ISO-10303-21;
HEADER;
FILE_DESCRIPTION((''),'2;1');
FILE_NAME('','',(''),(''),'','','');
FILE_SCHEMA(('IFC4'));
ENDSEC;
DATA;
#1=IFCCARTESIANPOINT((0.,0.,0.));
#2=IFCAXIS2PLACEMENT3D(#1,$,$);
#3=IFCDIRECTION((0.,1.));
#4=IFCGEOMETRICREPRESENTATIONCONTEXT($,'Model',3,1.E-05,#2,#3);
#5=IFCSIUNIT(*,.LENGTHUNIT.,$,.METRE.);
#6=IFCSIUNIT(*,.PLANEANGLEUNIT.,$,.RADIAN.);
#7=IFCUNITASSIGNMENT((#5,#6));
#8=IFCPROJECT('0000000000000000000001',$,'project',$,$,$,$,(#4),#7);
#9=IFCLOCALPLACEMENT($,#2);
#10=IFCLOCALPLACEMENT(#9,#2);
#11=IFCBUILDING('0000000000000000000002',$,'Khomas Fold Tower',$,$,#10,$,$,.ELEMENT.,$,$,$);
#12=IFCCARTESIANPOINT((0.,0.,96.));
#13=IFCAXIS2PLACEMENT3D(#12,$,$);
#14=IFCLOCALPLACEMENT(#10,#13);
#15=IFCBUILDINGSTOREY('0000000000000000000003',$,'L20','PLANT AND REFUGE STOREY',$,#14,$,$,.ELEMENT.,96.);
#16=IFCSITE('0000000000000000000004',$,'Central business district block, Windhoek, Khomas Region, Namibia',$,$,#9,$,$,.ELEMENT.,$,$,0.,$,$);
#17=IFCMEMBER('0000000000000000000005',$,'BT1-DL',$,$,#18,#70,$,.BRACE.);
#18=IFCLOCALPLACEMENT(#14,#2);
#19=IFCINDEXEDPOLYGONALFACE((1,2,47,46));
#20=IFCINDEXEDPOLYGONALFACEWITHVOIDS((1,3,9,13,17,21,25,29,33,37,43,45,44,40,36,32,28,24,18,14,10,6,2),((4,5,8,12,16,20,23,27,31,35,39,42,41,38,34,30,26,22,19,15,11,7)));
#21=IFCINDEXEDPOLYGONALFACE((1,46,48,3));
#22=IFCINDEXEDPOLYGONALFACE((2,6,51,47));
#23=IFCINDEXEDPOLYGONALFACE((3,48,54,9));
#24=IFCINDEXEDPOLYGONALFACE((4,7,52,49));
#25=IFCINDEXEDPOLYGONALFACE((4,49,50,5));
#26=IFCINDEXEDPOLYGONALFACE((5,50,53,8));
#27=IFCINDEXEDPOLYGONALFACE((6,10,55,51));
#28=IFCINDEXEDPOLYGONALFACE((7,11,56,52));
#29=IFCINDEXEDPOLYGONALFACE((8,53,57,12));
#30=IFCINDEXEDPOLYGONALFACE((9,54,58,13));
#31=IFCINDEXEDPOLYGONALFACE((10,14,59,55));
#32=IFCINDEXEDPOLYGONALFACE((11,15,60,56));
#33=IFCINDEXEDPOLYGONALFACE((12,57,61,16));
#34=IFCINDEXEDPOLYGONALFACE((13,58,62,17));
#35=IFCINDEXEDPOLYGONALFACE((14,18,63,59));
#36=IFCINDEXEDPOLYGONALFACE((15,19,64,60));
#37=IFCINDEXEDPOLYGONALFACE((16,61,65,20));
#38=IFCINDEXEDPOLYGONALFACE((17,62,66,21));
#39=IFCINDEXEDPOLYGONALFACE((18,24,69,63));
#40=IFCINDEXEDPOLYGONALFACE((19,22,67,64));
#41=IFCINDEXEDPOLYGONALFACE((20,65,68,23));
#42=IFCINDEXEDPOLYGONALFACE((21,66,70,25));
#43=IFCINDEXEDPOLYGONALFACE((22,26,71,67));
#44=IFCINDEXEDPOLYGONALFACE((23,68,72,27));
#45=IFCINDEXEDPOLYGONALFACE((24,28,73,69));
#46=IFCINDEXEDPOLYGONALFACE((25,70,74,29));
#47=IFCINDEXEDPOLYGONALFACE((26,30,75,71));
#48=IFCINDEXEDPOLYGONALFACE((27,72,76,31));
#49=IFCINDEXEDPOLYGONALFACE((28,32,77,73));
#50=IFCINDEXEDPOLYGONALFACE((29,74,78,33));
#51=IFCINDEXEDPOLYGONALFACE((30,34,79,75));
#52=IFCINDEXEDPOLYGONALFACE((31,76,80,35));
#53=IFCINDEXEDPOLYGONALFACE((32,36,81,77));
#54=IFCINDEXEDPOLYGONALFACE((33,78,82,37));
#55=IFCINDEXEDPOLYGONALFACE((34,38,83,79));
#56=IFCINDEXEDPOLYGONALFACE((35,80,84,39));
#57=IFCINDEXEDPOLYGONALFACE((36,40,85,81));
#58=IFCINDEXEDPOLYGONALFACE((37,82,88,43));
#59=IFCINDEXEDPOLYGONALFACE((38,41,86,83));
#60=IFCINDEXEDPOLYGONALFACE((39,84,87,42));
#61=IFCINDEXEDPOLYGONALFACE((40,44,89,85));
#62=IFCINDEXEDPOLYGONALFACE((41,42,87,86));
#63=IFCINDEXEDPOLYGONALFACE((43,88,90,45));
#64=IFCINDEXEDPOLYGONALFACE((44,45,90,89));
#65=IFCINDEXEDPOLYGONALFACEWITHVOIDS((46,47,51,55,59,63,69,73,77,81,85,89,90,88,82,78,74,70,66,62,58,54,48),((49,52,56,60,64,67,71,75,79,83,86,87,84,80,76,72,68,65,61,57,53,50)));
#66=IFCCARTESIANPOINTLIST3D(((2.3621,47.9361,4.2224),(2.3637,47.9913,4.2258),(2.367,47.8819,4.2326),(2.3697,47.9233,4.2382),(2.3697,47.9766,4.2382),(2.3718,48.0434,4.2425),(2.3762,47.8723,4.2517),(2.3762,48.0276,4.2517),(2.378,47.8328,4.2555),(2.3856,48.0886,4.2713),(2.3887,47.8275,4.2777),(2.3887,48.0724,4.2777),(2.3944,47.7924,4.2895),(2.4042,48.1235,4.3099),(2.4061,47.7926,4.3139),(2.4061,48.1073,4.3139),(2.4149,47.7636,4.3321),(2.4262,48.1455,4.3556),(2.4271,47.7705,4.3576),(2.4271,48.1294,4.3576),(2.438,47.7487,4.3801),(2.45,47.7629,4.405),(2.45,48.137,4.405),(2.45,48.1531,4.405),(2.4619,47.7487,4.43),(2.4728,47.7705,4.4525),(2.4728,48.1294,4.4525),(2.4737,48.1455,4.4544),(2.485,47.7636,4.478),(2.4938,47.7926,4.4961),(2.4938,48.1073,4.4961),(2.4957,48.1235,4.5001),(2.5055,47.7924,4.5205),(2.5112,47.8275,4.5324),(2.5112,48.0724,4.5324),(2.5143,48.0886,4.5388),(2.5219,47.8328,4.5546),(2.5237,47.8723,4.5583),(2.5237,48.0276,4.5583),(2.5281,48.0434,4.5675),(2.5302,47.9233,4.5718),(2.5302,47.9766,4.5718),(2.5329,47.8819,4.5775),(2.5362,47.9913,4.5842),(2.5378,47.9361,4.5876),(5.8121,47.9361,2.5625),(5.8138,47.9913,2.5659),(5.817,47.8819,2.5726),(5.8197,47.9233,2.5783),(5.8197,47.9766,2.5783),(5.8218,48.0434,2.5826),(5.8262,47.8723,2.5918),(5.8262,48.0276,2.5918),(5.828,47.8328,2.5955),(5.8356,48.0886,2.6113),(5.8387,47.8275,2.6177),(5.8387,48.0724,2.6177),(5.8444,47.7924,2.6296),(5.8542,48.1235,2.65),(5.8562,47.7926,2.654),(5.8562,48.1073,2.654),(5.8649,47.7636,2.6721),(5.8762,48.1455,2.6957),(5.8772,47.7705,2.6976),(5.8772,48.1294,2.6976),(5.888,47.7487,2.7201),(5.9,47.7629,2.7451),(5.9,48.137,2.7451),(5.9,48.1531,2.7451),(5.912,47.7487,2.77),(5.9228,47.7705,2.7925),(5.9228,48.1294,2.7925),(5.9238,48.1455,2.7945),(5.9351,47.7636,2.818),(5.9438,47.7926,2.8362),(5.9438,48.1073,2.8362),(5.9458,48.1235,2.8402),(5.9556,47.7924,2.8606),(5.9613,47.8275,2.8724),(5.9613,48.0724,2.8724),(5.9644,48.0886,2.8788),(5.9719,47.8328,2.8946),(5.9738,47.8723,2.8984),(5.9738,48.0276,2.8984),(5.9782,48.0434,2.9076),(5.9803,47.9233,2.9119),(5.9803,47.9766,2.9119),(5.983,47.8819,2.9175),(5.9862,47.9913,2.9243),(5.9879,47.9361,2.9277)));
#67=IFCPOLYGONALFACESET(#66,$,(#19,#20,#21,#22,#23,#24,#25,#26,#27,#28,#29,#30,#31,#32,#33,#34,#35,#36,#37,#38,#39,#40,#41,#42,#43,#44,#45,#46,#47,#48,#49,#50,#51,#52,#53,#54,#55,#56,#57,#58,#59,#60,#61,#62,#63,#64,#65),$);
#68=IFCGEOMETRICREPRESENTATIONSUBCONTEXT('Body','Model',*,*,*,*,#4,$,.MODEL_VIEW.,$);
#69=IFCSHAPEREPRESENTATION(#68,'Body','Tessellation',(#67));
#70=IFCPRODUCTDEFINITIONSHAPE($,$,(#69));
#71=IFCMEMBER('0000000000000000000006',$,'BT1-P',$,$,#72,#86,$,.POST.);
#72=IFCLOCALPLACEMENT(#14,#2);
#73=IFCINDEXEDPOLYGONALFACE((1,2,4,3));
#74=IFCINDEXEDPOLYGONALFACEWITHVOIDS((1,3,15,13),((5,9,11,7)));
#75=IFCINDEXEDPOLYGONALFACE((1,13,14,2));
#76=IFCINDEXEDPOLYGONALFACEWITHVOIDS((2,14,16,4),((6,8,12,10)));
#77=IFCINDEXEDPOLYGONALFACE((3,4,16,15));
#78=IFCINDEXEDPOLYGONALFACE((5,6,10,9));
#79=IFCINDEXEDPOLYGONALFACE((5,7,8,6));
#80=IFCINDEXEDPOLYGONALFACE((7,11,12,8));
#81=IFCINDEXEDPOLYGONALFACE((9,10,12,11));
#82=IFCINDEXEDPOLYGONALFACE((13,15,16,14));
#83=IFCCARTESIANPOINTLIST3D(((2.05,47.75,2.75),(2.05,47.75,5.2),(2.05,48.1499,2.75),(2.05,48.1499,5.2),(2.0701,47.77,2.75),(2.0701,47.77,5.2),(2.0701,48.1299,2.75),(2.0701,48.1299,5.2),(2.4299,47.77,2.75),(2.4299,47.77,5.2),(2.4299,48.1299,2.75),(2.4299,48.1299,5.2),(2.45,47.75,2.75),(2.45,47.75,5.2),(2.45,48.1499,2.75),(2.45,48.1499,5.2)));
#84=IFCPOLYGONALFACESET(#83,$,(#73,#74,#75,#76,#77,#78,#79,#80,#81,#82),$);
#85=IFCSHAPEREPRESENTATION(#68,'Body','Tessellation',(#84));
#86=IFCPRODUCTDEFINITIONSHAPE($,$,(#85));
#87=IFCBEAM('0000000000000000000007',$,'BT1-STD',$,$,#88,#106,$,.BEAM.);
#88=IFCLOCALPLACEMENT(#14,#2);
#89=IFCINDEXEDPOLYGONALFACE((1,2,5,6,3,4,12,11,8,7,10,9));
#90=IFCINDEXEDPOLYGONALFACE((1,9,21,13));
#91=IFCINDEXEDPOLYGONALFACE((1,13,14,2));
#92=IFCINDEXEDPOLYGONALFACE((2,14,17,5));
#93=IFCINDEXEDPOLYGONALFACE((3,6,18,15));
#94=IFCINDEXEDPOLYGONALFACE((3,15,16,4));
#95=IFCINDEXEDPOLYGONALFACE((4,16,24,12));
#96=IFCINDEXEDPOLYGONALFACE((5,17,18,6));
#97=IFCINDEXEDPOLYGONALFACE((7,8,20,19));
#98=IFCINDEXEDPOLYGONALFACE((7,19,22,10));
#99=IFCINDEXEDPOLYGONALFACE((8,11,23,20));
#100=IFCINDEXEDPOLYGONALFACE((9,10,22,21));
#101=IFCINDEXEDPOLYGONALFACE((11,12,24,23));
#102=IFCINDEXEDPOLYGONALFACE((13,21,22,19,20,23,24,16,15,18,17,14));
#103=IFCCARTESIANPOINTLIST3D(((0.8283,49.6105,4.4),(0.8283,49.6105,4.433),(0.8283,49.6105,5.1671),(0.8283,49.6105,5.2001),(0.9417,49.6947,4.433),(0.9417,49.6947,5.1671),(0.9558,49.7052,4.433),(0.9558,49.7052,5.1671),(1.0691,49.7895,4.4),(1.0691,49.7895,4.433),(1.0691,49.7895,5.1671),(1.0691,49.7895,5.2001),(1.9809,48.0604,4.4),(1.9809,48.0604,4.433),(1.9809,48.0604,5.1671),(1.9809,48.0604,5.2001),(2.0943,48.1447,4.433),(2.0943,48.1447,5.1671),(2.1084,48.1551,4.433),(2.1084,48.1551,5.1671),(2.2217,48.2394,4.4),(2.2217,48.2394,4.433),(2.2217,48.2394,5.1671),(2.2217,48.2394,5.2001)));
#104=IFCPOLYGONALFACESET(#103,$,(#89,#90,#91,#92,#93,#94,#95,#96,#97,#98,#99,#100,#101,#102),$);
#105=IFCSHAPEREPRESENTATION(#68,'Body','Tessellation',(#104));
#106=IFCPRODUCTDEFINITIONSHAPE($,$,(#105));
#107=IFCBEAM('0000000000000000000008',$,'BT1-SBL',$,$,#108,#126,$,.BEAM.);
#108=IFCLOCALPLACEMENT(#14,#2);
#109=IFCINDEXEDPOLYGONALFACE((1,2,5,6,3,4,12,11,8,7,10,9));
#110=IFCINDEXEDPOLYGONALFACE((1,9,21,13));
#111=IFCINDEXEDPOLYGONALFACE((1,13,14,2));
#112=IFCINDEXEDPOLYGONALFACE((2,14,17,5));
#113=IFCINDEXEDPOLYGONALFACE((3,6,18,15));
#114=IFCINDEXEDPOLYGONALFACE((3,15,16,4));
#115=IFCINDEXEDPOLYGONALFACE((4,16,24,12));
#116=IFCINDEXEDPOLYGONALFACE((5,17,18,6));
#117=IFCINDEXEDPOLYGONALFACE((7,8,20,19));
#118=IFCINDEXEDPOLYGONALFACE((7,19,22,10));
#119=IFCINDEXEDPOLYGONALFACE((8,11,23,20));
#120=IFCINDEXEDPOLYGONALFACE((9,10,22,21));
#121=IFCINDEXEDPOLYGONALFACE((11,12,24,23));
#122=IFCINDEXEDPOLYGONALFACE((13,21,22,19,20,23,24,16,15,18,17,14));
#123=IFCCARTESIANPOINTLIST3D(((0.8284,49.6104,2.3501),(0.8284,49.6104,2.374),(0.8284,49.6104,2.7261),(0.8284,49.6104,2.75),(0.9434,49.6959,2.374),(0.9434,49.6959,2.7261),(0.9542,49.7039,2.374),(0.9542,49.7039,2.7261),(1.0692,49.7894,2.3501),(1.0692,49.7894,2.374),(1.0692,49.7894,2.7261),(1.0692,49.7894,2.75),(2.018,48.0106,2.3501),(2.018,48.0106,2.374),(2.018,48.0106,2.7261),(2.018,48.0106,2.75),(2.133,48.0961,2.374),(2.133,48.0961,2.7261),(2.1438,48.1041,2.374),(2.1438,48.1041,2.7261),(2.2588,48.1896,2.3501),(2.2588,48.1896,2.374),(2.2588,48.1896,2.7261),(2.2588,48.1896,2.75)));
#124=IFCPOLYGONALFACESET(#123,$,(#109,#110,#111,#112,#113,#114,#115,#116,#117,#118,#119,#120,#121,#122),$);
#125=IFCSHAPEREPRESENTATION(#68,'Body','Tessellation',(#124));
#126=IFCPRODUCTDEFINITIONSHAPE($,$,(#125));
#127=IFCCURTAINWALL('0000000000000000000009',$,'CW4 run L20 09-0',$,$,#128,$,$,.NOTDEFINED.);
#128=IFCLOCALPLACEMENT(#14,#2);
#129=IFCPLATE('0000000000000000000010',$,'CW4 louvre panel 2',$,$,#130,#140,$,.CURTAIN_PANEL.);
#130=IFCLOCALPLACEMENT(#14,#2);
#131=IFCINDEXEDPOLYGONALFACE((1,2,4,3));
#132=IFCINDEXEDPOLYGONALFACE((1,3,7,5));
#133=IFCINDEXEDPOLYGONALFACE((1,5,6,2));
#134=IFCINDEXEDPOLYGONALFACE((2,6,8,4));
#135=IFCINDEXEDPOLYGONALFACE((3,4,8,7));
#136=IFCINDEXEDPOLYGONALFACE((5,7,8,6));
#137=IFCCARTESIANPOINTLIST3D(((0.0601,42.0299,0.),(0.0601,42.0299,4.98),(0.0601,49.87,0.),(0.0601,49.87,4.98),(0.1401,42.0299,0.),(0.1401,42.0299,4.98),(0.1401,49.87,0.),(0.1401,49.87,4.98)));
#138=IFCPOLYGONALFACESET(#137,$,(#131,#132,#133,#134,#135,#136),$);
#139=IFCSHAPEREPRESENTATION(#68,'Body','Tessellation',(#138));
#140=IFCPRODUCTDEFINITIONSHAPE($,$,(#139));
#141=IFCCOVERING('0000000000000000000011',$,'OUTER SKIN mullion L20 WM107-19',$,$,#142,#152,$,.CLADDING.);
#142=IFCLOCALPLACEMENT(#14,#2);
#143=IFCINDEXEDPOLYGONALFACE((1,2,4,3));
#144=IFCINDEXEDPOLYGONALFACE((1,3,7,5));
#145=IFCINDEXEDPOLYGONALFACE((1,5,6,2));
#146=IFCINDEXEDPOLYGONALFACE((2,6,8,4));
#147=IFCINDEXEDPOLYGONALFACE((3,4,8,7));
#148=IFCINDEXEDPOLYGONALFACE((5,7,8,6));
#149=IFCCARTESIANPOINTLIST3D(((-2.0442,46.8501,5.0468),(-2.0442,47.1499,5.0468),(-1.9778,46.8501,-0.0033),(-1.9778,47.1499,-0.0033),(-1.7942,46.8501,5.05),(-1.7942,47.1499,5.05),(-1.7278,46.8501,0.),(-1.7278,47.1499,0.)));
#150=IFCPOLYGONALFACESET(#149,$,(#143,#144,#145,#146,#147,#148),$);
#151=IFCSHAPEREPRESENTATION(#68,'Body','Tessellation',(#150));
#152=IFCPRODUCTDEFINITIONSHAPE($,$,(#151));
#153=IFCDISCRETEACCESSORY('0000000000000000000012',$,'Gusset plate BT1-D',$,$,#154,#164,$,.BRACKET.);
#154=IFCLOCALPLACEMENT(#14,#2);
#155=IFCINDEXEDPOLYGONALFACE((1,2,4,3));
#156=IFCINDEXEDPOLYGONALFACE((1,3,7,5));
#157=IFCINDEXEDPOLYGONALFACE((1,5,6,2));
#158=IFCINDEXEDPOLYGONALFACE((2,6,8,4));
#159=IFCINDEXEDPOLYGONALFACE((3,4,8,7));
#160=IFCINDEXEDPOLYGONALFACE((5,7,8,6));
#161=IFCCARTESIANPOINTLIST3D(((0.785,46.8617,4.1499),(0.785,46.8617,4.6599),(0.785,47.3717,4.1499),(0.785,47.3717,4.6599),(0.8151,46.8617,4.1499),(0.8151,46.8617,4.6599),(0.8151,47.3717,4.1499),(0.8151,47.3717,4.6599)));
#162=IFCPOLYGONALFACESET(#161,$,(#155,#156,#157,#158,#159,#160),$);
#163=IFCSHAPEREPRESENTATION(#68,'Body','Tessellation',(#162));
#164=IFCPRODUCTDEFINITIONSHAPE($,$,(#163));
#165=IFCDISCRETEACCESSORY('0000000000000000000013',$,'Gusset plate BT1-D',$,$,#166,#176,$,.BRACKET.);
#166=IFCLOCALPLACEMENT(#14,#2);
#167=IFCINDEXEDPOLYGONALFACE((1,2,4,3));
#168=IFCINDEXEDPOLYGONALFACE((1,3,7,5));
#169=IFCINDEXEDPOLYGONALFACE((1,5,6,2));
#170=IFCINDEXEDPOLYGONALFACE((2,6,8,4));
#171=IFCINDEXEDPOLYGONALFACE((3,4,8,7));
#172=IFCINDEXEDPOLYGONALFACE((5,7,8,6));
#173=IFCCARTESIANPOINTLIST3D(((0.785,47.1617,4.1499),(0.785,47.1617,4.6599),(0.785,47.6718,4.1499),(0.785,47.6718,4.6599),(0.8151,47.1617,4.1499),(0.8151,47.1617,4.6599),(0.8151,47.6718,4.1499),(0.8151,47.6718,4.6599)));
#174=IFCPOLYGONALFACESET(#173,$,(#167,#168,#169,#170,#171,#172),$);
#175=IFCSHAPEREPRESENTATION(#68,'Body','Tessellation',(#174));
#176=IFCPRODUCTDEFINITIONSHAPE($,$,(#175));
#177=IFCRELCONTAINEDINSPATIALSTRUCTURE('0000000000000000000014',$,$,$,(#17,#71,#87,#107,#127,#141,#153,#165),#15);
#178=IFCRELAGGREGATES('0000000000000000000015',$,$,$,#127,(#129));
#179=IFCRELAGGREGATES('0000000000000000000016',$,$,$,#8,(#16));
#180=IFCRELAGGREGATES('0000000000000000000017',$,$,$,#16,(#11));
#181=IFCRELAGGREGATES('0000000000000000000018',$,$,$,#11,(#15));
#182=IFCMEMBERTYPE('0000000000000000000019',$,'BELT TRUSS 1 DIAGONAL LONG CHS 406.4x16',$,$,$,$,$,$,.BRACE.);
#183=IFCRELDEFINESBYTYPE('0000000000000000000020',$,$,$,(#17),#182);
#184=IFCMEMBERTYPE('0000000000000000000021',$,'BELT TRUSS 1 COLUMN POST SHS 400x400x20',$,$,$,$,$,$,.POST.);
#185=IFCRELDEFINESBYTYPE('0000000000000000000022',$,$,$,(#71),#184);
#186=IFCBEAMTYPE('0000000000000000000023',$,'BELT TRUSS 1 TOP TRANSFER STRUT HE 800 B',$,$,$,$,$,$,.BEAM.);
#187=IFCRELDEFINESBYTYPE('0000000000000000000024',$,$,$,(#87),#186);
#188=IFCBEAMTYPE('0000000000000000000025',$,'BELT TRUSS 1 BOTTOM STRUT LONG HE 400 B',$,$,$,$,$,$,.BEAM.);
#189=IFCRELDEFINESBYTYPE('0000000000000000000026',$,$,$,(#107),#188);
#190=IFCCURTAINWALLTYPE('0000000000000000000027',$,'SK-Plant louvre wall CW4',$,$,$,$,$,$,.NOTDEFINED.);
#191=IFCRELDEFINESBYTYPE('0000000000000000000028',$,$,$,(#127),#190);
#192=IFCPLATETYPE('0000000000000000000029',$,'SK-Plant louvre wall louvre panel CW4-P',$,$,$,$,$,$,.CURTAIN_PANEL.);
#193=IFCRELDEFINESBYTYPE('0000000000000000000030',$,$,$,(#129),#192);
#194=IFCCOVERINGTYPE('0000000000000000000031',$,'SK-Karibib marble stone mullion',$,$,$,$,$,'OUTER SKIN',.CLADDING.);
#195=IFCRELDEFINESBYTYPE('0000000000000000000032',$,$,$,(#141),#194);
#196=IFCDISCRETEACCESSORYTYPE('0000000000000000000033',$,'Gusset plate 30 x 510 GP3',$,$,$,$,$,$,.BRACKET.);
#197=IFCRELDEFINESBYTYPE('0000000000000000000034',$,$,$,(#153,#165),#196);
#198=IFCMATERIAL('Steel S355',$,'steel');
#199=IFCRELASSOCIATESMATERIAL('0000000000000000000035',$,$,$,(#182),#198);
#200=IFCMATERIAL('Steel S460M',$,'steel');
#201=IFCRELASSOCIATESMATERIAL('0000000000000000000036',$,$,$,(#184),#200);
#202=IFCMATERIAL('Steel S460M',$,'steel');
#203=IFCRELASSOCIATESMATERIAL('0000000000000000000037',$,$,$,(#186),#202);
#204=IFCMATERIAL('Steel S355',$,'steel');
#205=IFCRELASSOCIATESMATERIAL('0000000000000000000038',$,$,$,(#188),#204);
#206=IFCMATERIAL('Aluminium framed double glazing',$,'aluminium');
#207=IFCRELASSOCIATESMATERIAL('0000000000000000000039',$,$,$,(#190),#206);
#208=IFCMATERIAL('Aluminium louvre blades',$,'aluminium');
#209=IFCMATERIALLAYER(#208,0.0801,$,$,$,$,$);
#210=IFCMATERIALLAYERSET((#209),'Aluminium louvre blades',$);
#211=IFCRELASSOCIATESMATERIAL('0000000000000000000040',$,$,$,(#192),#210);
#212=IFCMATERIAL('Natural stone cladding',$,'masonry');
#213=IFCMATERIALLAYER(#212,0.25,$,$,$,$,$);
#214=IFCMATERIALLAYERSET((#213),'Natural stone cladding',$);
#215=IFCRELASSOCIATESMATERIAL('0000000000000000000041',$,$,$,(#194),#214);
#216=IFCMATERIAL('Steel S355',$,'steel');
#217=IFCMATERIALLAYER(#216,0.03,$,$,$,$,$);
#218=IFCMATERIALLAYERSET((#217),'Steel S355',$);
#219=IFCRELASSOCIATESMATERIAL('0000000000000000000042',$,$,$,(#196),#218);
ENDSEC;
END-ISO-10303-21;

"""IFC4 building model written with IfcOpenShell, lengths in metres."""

from ifc_helpers import new_model, si_unit, direction, frame, origin, origin_2d, place, context, subcontext, project, spatial, polyline, rectangle, hollow_rectangle, hollow_circle, i_section, outline, extrude, source, transform, mapped, material, layer, layer_set, material_profile, profile_set, type_object, element, aggregate, save


model = new_model("IFC4")

# Units and contexts
model_context = context("Model", 3, precision=1e-05, world=origin(), true_north=direction((0.0, 1.0)))
body_context = subcontext(model_context, "Body", "Model", "MODEL_VIEW")
ifc_project = project(units=[si_unit("LENGTHUNIT", "METRE"), si_unit("PLANEANGLEUNIT", "RADIAN")], contexts=[model_context])

# Site, building, storey
site_placement = place(None, origin())
site = spatial("IfcSite", under=ifc_project, at=site_placement, Name="Central business district block, Windhoek, Khomas Region, Namibia", CompositionType="ELEMENT", RefElevation=0.0)
building_placement = place(site_placement, origin())
building = spatial("IfcBuilding", under=site, at=building_placement, Name="Khomas Fold Tower", CompositionType="ELEMENT")
storey_placement = place(building_placement, frame((0.0, 0.0, 96.0)))
storey = spatial("IfcBuildingStorey", under=building, at=storey_placement, Name="L20", Description="PLANT AND REFUGE STOREY", CompositionType="ELEMENT", Elevation=96.0)

# Members
ifc_material_1 = material(Name="Steel S355", Category="steel")
ifc_material_profile_1 = material_profile(ifc_material_1, hollow_circle(Radius=0.2031, WallThickness=0.0161, at=origin_2d()), Name="CHS 406.4x16")
ifc_profile_set_1 = profile_set([ifc_material_profile_1], Name="Steel S355")
member_type_1 = type_object("IfcMemberType", Name="BELT TRUSS 1 DIAGONAL LONG CHS 406.4x16", PredefinedType="BRACE", material=ifc_profile_set_1)
shared_shape_1 = source(origin(), body_context, "Body", "SweptSolid", [
    extrude(hollow_circle(Radius=0.2031, WallThickness=0.0161, at=origin_2d()), origin(), (0.0, 0.0, 1.0), 3.8286),
])
member_1_placement = place(storey_placement, frame((2.45, 47.95, 4.405), z_axis=(0.901122, 0.0, -0.433566), x_axis=(0.0, 1.0, 0.0)))
element("IfcMember", 1, at=member_1_placement, inside=storey, type_object=member_type_1, Name="BT1-DL", PredefinedType="BRACE", context=body_context, shape_type="MappedRepresentation", body=[
    mapped(shared_shape_1, transform((0.0, 0.0, 0.0))),
])
ifc_material_2 = material(Name="Steel S460M", Category="steel")
ifc_material_profile_2 = material_profile(ifc_material_2, hollow_rectangle(XDim=0.3999, YDim=0.3999, WallThickness=0.02, at=origin_2d()), Name="SHS 400x400x20")
ifc_profile_set_2 = profile_set([ifc_material_profile_2], Name="Steel S460M")
member_type_2 = type_object("IfcMemberType", Name="BELT TRUSS 1 COLUMN POST SHS 400x400x20", PredefinedType="POST", material=ifc_profile_set_2)
shared_shape_2 = source(origin(), body_context, "Body", "SweptSolid", [
    extrude(hollow_rectangle(XDim=0.3999, YDim=0.3999, WallThickness=0.02, at=origin_2d()), origin(), (0.0, 0.0, 1.0), 2.45),
])
member_2_placement = place(storey_placement, frame((2.25, 47.95, 2.75), z_axis=(0.0, 0.0, 1.0), x_axis=(1.0, 0.0, 0.0)))
element("IfcMember", 2, at=member_2_placement, inside=storey, type_object=member_type_2, Name="BT1-P", PredefinedType="POST", context=body_context, shape_type="MappedRepresentation", body=[
    mapped(shared_shape_2, transform((0.0, 0.0, 0.0))),
])

# Beams
ifc_material_3 = material(Name="Steel S460M", Category="steel")
ifc_material_profile_3 = material_profile(ifc_material_3, i_section(OverallWidth=0.3, OverallDepth=0.8, WebThickness=0.0176, FlangeThickness=0.033, at=origin_2d()), Name="HE 800 B")
ifc_profile_set_3 = profile_set([ifc_material_profile_3], Name="Steel S460M")
beam_type_1 = type_object("IfcBeamType", Name="BELT TRUSS 1 TOP TRANSFER STRUT HE 800 B", PredefinedType="BEAM", material=ifc_profile_set_3)
shared_shape_3 = source(origin(), body_context, "Body", "SweptSolid", [
    extrude(i_section(OverallWidth=0.3, OverallDepth=0.8, WebThickness=0.0176, FlangeThickness=0.033, at=origin_2d()), origin(), (0.0, 0.0, 1.0), 1.9316),
])
beam_1_placement = place(storey_placement, frame((2.1013, 48.1499, 4.8), z_axis=(-0.596699, 0.802465, 0.0), x_axis=(-0.802465, -0.596699, 0.0)))
element("IfcBeam", 3, at=beam_1_placement, inside=storey, type_object=beam_type_1, Name="BT1-STD", PredefinedType="BEAM", context=body_context, shape_type="MappedRepresentation", body=[
    mapped(shared_shape_3, transform((0.0, 0.0, 0.0))),
])
ifc_material_4 = material(Name="Steel S355", Category="steel")
ifc_material_profile_4 = material_profile(ifc_material_4, i_section(OverallWidth=0.3, OverallDepth=0.3999, WebThickness=0.0134, FlangeThickness=0.0239, at=origin_2d()), Name="HE 400 B")
ifc_profile_set_4 = profile_set([ifc_material_profile_4], Name="Steel S355")
beam_type_2 = type_object("IfcBeamType", Name="BELT TRUSS 1 BOTTOM STRUT LONG HE 400 B", PredefinedType="BEAM", material=ifc_profile_set_4)
shared_shape_4 = source(origin(), body_context, "Body", "SweptSolid", [
    extrude(i_section(OverallWidth=0.3, OverallDepth=0.3999, WebThickness=0.0134, FlangeThickness=0.0239, at=origin_2d()), origin(), (0.0, 0.0, 1.0), 1.9937),
])
beam_2_placement = place(storey_placement, frame((2.1384, 48.1001, 2.55), z_axis=(-0.596723, 0.802447, 0.0), x_axis=(-0.802447, -0.596723, 0.0)))
element("IfcBeam", 4, at=beam_2_placement, inside=storey, type_object=beam_type_2, Name="BT1-SBL", PredefinedType="BEAM", context=body_context, shape_type="MappedRepresentation", body=[
    mapped(shared_shape_4, transform((0.0, 0.0, 0.0))),
])

# Curtain wall, plate
ifc_material_5 = material(Name="Aluminium framed double glazing", Category="aluminium")
curtain_wall_type = type_object("IfcCurtainWallType", Name="SK-Plant louvre wall CW4", PredefinedType="NOTDEFINED", material=ifc_material_5)
curtain_wall_placement = place(storey_placement, origin())
curtain_wall = element("IfcCurtainWall", 5, at=curtain_wall_placement, inside=storey, type_object=curtain_wall_type, Name="CW4 run L20 09-0", PredefinedType="NOTDEFINED")
ifc_material_6 = material(Name="Aluminium louvre blades", Category="aluminium")
ifc_layer_1 = layer(ifc_material_6, 0.0801)
ifc_layer_set_1 = layer_set([ifc_layer_1], Name="Aluminium louvre blades")
plate_type = type_object("IfcPlateType", Name="SK-Plant louvre wall louvre panel CW4-P", PredefinedType="CURTAIN_PANEL", material=ifc_layer_set_1)
shared_shape_5 = source(origin(), body_context, "Body", "SweptSolid", [
    extrude(rectangle(XDim=7.8401, YDim=0.0801, at=origin_2d()), origin(), (0.0, 0.0, 1.0), 4.98),
])
plate_placement = place(storey_placement, frame((0.1001, 45.95, 0.0), z_axis=(0.0, 0.0, 1.0), x_axis=(0.0, -1.0, 0.0)))
plate = element("IfcPlate", 6, at=plate_placement, type_object=plate_type, Name="CW4 louvre panel 2", PredefinedType="CURTAIN_PANEL", context=body_context, shape_type="MappedRepresentation", body=[
    mapped(shared_shape_5, transform((0.0, 0.0, 0.0))),
])
aggregate(curtain_wall, [plate])

# Covering
ifc_material_7 = material(Name="Natural stone cladding", Category="masonry")
ifc_layer_2 = layer(ifc_material_7, 0.25)
ifc_layer_set_2 = layer_set([ifc_layer_2], Name="Natural stone cladding")
covering_type = type_object("IfcCoveringType", Name="SK-Karibib marble stone mullion", ElementType="OUTER SKIN", PredefinedType="CLADDING", material=ifc_layer_set_2)
covering_placement = place(storey_placement, frame((-1.7278, 46.8501, 0.0), z_axis=(0.999914, 0.0, 0.013148), x_axis=(-0.013148, 0.0, 0.999914)))
element("IfcCovering", 7, at=covering_placement, inside=storey, type_object=covering_type, Name="OUTER SKIN mullion L20 WM107-19", PredefinedType="CLADDING", context=body_context, shape_type="SweptSolid", body=[
    extrude(outline(polyline([(0.0, 0.0), (5.0505, 0.0), (5.0505, -0.2998), (0.0, -0.2998), (0.0, 0.0)])), origin(), (0.0, 0.0, -1.0), 0.25),
])

# Discrete accessories
ifc_material_8 = material(Name="Steel S355", Category="steel")
ifc_layer_3 = layer(ifc_material_8, 0.03)
ifc_layer_set_3 = layer_set([ifc_layer_3], Name="Steel S355")
discrete_accessory_type_1 = type_object("IfcDiscreteAccessoryType", Name="Gusset plate 30 x 510 GP3", PredefinedType="BRACKET", material=ifc_layer_set_3)
shared_shape_6 = source(origin(), body_context, "Body", "SweptSolid", [
    extrude(rectangle(XDim=0.51, YDim=0.03, at=origin_2d()), origin(), (0.0, 0.0, 1.0), 0.51),
])
for number, where, z_axis, x_axis, name in (
    (8, (0.8, 47.1167, 4.1499), (0.0, 0.0, 1.0), (0.0, 1.0, 0.0), "Gusset plate BT1-D"),
    (9, (0.8, 47.4167, 4.1499), (0.0, 0.0, 1.0), (0.0, 1.0, 0.0), "Gusset plate BT1-D"),
):
    element("IfcDiscreteAccessory", number, at=place(storey_placement, frame(where, z_axis=z_axis, x_axis=x_axis)), inside=storey, type_object=discrete_accessory_type_1, Name=name, PredefinedType="BRACKET", context=body_context, shape_type="MappedRepresentation", body=[
        mapped(shared_shape_6, transform((0.0, 0.0, 0.0))),
    ])

save(model, "model.ifc")
